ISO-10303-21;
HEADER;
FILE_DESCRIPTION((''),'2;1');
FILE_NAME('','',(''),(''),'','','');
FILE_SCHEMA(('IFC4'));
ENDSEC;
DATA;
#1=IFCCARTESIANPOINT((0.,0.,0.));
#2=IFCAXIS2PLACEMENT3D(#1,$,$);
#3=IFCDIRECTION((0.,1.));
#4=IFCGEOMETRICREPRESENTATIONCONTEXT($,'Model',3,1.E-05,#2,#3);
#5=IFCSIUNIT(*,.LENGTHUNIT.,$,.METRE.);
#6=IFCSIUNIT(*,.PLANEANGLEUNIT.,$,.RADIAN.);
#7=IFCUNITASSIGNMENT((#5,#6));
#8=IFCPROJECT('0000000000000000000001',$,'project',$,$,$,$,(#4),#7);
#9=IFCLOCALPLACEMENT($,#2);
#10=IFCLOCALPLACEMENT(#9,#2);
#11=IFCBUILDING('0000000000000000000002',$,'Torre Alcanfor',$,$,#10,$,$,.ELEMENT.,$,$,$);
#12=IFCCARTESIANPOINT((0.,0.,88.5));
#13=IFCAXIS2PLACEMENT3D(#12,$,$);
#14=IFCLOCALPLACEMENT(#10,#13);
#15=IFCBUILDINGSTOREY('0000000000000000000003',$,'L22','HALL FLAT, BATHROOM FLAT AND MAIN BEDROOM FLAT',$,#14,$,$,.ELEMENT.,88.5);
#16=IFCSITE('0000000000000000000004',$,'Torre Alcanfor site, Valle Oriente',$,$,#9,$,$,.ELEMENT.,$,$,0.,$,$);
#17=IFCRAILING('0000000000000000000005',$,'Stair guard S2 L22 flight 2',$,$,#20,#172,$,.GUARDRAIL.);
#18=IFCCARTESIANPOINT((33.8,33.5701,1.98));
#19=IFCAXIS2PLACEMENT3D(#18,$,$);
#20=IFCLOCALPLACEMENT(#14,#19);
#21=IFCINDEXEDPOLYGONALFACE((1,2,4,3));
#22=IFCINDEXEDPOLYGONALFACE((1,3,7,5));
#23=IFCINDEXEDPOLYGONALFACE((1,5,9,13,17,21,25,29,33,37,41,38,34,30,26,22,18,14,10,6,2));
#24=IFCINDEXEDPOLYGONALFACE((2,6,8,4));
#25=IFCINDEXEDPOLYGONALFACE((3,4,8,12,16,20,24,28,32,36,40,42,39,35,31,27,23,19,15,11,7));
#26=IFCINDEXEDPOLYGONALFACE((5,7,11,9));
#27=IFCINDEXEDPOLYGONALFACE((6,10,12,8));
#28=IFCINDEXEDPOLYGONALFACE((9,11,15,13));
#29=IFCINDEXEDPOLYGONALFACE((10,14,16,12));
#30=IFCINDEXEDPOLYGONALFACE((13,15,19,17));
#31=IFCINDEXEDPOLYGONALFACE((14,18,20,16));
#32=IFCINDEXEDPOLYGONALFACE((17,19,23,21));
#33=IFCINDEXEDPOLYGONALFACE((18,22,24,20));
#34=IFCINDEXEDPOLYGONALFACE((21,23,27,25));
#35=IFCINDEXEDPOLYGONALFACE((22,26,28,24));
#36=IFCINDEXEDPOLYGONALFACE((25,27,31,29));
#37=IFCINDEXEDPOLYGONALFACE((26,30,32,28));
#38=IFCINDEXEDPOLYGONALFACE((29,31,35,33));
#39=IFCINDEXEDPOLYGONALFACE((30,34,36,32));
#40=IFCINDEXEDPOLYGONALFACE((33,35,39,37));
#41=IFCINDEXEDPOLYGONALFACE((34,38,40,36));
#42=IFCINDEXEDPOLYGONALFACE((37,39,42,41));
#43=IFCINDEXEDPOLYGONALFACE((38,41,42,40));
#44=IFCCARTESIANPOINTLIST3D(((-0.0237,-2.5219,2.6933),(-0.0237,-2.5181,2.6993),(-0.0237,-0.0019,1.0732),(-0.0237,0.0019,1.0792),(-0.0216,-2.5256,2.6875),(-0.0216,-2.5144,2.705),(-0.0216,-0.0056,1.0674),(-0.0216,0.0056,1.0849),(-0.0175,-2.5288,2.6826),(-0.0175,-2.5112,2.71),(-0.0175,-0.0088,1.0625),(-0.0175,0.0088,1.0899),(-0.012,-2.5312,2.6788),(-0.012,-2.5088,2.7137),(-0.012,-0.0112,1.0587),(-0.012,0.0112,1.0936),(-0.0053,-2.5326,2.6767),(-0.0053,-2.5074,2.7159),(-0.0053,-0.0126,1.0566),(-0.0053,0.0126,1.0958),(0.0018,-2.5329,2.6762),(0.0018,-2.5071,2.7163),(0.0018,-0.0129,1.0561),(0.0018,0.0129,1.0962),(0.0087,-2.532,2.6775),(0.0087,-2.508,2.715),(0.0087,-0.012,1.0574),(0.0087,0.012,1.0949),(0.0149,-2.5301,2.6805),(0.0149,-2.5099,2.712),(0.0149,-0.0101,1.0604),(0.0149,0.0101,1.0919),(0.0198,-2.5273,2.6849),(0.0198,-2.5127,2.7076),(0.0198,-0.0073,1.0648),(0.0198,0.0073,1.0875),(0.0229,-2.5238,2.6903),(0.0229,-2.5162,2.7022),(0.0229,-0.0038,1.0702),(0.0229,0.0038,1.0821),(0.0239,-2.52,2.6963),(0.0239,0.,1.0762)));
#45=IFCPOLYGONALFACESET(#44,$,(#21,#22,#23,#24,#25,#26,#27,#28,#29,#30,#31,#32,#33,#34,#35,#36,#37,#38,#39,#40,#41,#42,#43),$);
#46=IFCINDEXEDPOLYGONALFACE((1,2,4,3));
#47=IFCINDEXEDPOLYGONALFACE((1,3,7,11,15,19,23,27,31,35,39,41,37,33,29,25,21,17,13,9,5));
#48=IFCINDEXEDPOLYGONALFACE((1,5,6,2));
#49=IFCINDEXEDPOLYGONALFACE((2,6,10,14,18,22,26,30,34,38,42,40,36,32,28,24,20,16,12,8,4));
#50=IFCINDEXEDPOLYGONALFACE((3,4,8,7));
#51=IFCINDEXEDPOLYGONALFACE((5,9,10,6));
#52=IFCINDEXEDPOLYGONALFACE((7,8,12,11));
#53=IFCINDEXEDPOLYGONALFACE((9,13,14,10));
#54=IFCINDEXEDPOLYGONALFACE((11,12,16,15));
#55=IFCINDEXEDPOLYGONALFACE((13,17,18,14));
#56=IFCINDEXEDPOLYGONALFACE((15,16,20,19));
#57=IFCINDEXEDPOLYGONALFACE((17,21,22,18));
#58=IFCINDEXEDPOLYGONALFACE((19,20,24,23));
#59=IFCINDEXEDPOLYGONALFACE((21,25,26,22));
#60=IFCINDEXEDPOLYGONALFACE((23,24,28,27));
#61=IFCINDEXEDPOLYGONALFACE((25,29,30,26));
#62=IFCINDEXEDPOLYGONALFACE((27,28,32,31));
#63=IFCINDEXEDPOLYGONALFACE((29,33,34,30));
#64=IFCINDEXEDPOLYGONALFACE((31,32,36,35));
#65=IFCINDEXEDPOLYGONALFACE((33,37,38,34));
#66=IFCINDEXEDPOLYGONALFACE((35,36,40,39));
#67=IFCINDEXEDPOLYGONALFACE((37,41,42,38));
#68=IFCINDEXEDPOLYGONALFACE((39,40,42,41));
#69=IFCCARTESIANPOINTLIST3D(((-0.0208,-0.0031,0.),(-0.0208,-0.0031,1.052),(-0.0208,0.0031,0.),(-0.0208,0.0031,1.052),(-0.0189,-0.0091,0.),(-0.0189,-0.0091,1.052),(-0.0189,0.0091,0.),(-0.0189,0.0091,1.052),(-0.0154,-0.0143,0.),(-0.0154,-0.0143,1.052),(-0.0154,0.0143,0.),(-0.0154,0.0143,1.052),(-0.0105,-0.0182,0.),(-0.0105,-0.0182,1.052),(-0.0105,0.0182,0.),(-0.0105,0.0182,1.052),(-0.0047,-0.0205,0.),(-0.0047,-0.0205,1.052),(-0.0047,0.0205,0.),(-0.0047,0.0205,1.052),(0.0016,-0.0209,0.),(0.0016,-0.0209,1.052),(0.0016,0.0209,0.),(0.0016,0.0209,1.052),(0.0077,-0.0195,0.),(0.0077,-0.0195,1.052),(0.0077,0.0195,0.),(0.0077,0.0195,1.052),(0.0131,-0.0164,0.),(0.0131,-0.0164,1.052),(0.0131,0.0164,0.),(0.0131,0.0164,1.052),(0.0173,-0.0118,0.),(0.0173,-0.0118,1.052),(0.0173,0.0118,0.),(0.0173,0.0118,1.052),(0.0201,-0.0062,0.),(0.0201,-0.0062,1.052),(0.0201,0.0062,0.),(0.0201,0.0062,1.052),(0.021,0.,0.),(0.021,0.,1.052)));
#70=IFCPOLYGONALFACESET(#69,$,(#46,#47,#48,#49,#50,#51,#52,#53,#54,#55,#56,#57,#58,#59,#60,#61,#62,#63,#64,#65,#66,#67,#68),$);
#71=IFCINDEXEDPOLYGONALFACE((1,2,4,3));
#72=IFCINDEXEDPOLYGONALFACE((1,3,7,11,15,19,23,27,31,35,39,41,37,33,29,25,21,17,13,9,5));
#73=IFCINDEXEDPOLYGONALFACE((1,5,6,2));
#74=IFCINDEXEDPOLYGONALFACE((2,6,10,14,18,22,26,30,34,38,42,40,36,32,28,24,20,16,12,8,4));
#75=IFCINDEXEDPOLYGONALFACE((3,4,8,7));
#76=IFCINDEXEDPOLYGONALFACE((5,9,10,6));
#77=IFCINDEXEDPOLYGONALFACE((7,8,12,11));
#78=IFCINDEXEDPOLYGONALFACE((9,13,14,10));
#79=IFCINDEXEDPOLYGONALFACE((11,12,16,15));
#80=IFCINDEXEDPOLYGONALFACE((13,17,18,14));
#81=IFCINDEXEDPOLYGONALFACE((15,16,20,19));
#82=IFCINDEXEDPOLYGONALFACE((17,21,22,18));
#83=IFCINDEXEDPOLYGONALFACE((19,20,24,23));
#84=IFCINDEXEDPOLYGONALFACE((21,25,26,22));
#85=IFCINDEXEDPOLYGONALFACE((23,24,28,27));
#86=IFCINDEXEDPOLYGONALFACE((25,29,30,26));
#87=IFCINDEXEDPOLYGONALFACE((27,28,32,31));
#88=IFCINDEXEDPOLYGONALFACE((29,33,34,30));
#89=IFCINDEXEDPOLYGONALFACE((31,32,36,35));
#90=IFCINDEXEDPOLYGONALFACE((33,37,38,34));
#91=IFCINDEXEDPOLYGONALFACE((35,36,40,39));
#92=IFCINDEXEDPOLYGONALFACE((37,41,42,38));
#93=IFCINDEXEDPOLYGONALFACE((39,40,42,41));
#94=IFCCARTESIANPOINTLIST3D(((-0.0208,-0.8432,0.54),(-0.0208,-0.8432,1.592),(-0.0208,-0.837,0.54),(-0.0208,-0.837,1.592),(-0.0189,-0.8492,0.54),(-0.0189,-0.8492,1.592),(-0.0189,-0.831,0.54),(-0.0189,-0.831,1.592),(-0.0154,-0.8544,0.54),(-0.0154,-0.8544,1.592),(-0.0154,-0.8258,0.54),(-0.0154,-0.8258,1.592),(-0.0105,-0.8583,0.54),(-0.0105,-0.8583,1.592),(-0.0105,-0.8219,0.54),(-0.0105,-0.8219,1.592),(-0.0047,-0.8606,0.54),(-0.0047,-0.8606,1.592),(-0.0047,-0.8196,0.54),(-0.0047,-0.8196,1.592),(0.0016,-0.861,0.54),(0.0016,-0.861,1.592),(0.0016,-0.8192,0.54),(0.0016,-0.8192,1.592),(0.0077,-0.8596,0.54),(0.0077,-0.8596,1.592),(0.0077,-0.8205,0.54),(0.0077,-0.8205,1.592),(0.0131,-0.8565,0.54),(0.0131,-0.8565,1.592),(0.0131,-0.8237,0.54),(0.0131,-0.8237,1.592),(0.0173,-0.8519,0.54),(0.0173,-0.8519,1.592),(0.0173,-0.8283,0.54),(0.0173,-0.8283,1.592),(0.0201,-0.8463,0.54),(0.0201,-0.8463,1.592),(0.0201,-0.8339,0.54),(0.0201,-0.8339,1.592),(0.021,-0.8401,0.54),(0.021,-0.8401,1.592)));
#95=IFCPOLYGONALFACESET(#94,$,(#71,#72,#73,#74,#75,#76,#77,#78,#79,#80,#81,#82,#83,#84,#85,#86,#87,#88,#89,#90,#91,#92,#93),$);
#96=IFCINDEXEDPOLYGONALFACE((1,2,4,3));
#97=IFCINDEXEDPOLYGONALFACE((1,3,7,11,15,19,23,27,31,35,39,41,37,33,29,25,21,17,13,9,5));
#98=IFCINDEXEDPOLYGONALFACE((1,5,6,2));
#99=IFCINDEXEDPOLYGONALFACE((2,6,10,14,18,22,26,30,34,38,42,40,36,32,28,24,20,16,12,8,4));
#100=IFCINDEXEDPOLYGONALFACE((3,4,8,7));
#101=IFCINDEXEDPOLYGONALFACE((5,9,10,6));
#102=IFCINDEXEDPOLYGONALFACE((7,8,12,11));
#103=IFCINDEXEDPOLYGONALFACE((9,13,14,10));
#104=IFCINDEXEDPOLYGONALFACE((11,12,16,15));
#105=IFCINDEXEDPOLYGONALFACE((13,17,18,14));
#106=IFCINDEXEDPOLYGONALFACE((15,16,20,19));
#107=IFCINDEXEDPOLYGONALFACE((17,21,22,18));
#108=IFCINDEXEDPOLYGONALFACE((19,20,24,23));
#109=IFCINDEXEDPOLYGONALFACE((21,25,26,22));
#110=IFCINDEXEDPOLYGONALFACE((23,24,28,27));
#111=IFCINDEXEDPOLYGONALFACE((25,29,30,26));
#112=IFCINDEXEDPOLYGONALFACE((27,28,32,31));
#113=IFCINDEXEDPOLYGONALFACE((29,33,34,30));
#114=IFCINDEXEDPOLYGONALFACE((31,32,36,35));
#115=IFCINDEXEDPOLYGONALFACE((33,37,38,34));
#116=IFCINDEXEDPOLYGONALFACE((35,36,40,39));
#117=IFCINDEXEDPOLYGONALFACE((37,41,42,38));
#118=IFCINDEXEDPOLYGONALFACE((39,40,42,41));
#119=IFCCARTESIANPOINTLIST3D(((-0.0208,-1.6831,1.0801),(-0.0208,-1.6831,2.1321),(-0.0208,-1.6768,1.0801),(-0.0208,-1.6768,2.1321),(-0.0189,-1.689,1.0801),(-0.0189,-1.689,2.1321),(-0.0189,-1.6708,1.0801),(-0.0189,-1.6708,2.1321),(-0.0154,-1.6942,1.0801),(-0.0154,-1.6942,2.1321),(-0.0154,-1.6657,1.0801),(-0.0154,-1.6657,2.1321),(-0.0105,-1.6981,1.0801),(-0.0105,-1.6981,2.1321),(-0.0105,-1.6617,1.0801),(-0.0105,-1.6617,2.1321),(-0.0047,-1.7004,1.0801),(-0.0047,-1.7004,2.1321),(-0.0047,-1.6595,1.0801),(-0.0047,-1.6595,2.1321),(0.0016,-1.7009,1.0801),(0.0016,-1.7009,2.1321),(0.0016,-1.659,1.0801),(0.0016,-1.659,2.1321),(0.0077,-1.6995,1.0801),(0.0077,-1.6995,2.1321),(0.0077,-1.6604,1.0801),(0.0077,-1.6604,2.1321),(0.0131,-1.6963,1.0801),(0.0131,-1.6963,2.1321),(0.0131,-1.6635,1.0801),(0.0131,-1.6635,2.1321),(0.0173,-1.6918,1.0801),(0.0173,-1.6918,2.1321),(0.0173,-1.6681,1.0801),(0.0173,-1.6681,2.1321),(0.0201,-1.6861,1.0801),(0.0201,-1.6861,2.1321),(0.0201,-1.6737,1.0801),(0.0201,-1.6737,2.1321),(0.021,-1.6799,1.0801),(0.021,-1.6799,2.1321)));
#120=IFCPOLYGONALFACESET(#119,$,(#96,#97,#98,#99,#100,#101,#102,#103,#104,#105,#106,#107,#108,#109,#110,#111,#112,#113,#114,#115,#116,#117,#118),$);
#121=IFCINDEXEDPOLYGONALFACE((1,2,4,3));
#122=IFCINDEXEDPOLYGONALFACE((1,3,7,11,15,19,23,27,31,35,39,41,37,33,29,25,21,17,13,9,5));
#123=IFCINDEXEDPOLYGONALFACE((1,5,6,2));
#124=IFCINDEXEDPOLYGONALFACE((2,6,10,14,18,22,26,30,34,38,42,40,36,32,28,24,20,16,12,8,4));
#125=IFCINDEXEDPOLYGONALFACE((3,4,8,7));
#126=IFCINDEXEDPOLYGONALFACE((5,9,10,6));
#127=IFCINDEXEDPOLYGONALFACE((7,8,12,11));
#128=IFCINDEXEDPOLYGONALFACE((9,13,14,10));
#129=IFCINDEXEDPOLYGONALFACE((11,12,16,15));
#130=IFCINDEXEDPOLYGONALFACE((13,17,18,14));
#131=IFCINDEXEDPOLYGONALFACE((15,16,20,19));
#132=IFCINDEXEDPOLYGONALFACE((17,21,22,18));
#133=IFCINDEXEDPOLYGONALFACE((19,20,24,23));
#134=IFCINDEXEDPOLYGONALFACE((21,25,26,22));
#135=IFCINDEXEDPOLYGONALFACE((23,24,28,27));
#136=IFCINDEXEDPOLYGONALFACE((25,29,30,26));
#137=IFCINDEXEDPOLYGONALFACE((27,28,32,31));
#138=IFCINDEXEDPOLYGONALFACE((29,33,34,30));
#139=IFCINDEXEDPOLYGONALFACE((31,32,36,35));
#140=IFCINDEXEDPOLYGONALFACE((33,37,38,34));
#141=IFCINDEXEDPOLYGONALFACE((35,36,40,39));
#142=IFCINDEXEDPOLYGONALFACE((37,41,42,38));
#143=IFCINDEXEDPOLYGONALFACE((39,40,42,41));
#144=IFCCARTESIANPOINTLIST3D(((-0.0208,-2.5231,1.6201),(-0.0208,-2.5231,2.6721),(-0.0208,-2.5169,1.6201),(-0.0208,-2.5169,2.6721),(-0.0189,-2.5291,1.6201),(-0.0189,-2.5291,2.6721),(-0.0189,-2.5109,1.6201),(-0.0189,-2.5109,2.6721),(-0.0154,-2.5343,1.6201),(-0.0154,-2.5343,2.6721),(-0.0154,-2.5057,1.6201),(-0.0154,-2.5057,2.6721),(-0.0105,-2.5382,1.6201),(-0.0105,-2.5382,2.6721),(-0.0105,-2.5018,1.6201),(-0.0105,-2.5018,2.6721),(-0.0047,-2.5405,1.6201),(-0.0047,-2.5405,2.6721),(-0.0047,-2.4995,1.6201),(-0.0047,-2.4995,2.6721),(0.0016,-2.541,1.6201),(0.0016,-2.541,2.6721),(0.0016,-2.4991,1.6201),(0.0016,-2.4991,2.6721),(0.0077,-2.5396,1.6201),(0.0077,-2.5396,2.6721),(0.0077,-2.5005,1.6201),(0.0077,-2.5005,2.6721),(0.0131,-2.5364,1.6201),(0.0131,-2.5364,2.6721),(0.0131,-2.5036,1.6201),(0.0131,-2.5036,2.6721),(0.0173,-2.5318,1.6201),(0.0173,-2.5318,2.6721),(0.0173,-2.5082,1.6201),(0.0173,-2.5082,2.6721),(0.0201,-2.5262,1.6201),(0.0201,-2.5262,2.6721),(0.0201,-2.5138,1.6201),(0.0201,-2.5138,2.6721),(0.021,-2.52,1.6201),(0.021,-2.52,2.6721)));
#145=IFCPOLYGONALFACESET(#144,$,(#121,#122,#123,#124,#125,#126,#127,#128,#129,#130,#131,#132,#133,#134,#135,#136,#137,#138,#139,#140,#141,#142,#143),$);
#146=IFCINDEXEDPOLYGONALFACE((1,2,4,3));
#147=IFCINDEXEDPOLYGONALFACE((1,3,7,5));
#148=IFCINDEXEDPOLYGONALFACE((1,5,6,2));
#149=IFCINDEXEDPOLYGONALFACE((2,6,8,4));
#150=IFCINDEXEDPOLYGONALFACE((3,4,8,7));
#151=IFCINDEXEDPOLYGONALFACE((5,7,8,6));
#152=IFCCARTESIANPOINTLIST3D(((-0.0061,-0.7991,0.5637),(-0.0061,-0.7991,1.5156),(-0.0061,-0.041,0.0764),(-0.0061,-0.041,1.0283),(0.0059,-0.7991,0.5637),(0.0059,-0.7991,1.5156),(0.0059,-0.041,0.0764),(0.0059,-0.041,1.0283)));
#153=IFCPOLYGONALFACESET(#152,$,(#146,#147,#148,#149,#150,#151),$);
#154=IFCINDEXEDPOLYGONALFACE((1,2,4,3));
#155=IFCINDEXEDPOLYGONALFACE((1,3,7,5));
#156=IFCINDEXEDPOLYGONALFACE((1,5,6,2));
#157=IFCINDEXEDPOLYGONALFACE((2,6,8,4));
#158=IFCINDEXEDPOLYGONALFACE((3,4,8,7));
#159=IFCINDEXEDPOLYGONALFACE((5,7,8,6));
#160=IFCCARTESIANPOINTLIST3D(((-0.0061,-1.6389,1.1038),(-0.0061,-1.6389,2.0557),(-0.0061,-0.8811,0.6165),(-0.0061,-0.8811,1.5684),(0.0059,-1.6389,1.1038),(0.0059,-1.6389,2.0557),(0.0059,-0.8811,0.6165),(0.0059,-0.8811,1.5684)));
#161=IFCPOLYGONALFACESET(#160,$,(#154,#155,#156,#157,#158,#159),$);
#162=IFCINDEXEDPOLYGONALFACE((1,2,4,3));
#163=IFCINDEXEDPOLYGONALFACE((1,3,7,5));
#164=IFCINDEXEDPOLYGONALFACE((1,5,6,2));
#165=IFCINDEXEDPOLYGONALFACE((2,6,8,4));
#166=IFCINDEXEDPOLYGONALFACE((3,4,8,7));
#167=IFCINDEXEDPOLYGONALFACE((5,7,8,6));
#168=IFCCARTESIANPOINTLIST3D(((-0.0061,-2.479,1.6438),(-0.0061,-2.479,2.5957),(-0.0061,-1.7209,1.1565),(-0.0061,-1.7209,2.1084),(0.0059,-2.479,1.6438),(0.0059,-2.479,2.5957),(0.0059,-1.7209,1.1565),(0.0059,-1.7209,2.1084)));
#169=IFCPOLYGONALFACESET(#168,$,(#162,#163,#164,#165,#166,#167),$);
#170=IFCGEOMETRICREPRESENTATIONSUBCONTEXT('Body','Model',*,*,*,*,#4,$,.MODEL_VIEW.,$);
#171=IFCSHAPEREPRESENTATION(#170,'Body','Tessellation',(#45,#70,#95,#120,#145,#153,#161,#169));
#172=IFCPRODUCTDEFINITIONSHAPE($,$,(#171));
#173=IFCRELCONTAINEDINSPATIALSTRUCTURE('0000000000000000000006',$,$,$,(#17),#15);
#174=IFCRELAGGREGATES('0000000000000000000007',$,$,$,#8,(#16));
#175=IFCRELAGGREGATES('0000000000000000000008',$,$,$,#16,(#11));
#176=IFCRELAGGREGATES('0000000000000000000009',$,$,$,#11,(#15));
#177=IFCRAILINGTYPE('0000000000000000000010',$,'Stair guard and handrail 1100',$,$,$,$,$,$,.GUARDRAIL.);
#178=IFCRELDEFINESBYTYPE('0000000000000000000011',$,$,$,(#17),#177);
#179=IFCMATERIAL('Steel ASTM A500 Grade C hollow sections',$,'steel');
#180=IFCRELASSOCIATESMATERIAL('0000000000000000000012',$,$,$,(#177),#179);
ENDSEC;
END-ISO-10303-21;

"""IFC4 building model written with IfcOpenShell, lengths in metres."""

from ifc_helpers import new_model, si_unit, direction, frame, origin, origin_2d, place, context, subcontext, project, spatial, polyline, circle, outline, extrude, material, type_object, element, save


model = new_model("IFC4")

# Units and contexts
model_context = context("Model", 3, precision=1e-05, world=origin(), true_north=direction((0.0, 1.0)))
body_context = subcontext(model_context, "Body", "Model", "MODEL_VIEW")
ifc_project = project(units=[si_unit("LENGTHUNIT", "METRE"), si_unit("PLANEANGLEUNIT", "RADIAN")], contexts=[model_context])

# Site, building, storey
site_placement = place(None, origin())
site = spatial("IfcSite", under=ifc_project, at=site_placement, Name="Torre Alcanfor site, Valle Oriente", CompositionType="ELEMENT", RefElevation=0.0)
building_placement = place(site_placement, origin())
building = spatial("IfcBuilding", under=site, at=building_placement, Name="Torre Alcanfor", CompositionType="ELEMENT")
storey_placement = place(building_placement, frame((0.0, 0.0, 88.5)))
storey = spatial("IfcBuildingStorey", under=building, at=storey_placement, Name="L22", Description="HALL FLAT, BATHROOM FLAT AND MAIN BEDROOM FLAT", CompositionType="ELEMENT", Elevation=88.5)

# Railing
ifc_material_1 = material(Name="Steel ASTM A500 Grade C hollow sections", Category="steel")
railing_type_1 = type_object("IfcRailingType", Name="Stair guard and handrail 1100", PredefinedType="GUARDRAIL", material=ifc_material_1)
railing_1_placement = place(storey_placement, frame((33.8, 33.5701, 1.98)))
element("IfcRailing", 1, at=railing_1_placement, inside=storey, type_object=railing_type_1, Name="Stair guard S2 L22 flight 2", PredefinedType="GUARDRAIL", context=body_context, shape_type="SweptSolid", body=[
    extrude(circle(Radius=0.0239, at=origin_2d()), frame((0.0, 0.0, 1.0762), z_axis=(0.0, -0.841163, 0.540782), x_axis=(1.0, 0.0, 0.0)), (0.0, 0.0, 1.0), 2.9958),
    extrude(circle(Radius=0.021, at=origin_2d()), origin(), (0.0, 0.0, 1.0), 1.052),
    extrude(circle(Radius=0.021, at=origin_2d()), frame((0.0, -0.8401, 0.54)), (0.0, 0.0, 1.0), 1.052),
    extrude(circle(Radius=0.021, at=origin_2d()), frame((0.0, -1.6799, 1.0801)), (0.0, 0.0, 1.0), 1.052),
    extrude(circle(Radius=0.021, at=origin_2d()), frame((0.0, -2.52, 1.6201)), (0.0, 0.0, 1.0), 1.052),
    extrude(outline(polyline([(0.041, 0.0764), (0.7991, 0.5637), (0.7991, 1.5156), (0.041, 1.0283), (0.041, 0.0764)])), frame((0.0059, 0.0, 0.0), z_axis=(-1.0, 0.0, 0.0), x_axis=(0.0, -1.0, 0.0)), (0.0, 0.0, 1.0), 0.012),
    extrude(outline(polyline([(0.8811, 0.6165), (1.6389, 1.1038), (1.6389, 2.0557), (0.8811, 1.5684), (0.8811, 0.6165)])), frame((0.0059, 0.0, 0.0), z_axis=(-1.0, 0.0, 0.0), x_axis=(0.0, -1.0, 0.0)), (0.0, 0.0, 1.0), 0.012),
    extrude(outline(polyline([(1.7209, 1.1565), (2.479, 1.6438), (2.479, 2.5957), (1.7209, 2.1084), (1.7209, 1.1565)])), frame((0.0059, 0.0, 0.0), z_axis=(-1.0, 0.0, 0.0), x_axis=(0.0, -1.0, 0.0)), (0.0, 0.0, 1.0), 0.012),
])

save(model, "model.ifc")
